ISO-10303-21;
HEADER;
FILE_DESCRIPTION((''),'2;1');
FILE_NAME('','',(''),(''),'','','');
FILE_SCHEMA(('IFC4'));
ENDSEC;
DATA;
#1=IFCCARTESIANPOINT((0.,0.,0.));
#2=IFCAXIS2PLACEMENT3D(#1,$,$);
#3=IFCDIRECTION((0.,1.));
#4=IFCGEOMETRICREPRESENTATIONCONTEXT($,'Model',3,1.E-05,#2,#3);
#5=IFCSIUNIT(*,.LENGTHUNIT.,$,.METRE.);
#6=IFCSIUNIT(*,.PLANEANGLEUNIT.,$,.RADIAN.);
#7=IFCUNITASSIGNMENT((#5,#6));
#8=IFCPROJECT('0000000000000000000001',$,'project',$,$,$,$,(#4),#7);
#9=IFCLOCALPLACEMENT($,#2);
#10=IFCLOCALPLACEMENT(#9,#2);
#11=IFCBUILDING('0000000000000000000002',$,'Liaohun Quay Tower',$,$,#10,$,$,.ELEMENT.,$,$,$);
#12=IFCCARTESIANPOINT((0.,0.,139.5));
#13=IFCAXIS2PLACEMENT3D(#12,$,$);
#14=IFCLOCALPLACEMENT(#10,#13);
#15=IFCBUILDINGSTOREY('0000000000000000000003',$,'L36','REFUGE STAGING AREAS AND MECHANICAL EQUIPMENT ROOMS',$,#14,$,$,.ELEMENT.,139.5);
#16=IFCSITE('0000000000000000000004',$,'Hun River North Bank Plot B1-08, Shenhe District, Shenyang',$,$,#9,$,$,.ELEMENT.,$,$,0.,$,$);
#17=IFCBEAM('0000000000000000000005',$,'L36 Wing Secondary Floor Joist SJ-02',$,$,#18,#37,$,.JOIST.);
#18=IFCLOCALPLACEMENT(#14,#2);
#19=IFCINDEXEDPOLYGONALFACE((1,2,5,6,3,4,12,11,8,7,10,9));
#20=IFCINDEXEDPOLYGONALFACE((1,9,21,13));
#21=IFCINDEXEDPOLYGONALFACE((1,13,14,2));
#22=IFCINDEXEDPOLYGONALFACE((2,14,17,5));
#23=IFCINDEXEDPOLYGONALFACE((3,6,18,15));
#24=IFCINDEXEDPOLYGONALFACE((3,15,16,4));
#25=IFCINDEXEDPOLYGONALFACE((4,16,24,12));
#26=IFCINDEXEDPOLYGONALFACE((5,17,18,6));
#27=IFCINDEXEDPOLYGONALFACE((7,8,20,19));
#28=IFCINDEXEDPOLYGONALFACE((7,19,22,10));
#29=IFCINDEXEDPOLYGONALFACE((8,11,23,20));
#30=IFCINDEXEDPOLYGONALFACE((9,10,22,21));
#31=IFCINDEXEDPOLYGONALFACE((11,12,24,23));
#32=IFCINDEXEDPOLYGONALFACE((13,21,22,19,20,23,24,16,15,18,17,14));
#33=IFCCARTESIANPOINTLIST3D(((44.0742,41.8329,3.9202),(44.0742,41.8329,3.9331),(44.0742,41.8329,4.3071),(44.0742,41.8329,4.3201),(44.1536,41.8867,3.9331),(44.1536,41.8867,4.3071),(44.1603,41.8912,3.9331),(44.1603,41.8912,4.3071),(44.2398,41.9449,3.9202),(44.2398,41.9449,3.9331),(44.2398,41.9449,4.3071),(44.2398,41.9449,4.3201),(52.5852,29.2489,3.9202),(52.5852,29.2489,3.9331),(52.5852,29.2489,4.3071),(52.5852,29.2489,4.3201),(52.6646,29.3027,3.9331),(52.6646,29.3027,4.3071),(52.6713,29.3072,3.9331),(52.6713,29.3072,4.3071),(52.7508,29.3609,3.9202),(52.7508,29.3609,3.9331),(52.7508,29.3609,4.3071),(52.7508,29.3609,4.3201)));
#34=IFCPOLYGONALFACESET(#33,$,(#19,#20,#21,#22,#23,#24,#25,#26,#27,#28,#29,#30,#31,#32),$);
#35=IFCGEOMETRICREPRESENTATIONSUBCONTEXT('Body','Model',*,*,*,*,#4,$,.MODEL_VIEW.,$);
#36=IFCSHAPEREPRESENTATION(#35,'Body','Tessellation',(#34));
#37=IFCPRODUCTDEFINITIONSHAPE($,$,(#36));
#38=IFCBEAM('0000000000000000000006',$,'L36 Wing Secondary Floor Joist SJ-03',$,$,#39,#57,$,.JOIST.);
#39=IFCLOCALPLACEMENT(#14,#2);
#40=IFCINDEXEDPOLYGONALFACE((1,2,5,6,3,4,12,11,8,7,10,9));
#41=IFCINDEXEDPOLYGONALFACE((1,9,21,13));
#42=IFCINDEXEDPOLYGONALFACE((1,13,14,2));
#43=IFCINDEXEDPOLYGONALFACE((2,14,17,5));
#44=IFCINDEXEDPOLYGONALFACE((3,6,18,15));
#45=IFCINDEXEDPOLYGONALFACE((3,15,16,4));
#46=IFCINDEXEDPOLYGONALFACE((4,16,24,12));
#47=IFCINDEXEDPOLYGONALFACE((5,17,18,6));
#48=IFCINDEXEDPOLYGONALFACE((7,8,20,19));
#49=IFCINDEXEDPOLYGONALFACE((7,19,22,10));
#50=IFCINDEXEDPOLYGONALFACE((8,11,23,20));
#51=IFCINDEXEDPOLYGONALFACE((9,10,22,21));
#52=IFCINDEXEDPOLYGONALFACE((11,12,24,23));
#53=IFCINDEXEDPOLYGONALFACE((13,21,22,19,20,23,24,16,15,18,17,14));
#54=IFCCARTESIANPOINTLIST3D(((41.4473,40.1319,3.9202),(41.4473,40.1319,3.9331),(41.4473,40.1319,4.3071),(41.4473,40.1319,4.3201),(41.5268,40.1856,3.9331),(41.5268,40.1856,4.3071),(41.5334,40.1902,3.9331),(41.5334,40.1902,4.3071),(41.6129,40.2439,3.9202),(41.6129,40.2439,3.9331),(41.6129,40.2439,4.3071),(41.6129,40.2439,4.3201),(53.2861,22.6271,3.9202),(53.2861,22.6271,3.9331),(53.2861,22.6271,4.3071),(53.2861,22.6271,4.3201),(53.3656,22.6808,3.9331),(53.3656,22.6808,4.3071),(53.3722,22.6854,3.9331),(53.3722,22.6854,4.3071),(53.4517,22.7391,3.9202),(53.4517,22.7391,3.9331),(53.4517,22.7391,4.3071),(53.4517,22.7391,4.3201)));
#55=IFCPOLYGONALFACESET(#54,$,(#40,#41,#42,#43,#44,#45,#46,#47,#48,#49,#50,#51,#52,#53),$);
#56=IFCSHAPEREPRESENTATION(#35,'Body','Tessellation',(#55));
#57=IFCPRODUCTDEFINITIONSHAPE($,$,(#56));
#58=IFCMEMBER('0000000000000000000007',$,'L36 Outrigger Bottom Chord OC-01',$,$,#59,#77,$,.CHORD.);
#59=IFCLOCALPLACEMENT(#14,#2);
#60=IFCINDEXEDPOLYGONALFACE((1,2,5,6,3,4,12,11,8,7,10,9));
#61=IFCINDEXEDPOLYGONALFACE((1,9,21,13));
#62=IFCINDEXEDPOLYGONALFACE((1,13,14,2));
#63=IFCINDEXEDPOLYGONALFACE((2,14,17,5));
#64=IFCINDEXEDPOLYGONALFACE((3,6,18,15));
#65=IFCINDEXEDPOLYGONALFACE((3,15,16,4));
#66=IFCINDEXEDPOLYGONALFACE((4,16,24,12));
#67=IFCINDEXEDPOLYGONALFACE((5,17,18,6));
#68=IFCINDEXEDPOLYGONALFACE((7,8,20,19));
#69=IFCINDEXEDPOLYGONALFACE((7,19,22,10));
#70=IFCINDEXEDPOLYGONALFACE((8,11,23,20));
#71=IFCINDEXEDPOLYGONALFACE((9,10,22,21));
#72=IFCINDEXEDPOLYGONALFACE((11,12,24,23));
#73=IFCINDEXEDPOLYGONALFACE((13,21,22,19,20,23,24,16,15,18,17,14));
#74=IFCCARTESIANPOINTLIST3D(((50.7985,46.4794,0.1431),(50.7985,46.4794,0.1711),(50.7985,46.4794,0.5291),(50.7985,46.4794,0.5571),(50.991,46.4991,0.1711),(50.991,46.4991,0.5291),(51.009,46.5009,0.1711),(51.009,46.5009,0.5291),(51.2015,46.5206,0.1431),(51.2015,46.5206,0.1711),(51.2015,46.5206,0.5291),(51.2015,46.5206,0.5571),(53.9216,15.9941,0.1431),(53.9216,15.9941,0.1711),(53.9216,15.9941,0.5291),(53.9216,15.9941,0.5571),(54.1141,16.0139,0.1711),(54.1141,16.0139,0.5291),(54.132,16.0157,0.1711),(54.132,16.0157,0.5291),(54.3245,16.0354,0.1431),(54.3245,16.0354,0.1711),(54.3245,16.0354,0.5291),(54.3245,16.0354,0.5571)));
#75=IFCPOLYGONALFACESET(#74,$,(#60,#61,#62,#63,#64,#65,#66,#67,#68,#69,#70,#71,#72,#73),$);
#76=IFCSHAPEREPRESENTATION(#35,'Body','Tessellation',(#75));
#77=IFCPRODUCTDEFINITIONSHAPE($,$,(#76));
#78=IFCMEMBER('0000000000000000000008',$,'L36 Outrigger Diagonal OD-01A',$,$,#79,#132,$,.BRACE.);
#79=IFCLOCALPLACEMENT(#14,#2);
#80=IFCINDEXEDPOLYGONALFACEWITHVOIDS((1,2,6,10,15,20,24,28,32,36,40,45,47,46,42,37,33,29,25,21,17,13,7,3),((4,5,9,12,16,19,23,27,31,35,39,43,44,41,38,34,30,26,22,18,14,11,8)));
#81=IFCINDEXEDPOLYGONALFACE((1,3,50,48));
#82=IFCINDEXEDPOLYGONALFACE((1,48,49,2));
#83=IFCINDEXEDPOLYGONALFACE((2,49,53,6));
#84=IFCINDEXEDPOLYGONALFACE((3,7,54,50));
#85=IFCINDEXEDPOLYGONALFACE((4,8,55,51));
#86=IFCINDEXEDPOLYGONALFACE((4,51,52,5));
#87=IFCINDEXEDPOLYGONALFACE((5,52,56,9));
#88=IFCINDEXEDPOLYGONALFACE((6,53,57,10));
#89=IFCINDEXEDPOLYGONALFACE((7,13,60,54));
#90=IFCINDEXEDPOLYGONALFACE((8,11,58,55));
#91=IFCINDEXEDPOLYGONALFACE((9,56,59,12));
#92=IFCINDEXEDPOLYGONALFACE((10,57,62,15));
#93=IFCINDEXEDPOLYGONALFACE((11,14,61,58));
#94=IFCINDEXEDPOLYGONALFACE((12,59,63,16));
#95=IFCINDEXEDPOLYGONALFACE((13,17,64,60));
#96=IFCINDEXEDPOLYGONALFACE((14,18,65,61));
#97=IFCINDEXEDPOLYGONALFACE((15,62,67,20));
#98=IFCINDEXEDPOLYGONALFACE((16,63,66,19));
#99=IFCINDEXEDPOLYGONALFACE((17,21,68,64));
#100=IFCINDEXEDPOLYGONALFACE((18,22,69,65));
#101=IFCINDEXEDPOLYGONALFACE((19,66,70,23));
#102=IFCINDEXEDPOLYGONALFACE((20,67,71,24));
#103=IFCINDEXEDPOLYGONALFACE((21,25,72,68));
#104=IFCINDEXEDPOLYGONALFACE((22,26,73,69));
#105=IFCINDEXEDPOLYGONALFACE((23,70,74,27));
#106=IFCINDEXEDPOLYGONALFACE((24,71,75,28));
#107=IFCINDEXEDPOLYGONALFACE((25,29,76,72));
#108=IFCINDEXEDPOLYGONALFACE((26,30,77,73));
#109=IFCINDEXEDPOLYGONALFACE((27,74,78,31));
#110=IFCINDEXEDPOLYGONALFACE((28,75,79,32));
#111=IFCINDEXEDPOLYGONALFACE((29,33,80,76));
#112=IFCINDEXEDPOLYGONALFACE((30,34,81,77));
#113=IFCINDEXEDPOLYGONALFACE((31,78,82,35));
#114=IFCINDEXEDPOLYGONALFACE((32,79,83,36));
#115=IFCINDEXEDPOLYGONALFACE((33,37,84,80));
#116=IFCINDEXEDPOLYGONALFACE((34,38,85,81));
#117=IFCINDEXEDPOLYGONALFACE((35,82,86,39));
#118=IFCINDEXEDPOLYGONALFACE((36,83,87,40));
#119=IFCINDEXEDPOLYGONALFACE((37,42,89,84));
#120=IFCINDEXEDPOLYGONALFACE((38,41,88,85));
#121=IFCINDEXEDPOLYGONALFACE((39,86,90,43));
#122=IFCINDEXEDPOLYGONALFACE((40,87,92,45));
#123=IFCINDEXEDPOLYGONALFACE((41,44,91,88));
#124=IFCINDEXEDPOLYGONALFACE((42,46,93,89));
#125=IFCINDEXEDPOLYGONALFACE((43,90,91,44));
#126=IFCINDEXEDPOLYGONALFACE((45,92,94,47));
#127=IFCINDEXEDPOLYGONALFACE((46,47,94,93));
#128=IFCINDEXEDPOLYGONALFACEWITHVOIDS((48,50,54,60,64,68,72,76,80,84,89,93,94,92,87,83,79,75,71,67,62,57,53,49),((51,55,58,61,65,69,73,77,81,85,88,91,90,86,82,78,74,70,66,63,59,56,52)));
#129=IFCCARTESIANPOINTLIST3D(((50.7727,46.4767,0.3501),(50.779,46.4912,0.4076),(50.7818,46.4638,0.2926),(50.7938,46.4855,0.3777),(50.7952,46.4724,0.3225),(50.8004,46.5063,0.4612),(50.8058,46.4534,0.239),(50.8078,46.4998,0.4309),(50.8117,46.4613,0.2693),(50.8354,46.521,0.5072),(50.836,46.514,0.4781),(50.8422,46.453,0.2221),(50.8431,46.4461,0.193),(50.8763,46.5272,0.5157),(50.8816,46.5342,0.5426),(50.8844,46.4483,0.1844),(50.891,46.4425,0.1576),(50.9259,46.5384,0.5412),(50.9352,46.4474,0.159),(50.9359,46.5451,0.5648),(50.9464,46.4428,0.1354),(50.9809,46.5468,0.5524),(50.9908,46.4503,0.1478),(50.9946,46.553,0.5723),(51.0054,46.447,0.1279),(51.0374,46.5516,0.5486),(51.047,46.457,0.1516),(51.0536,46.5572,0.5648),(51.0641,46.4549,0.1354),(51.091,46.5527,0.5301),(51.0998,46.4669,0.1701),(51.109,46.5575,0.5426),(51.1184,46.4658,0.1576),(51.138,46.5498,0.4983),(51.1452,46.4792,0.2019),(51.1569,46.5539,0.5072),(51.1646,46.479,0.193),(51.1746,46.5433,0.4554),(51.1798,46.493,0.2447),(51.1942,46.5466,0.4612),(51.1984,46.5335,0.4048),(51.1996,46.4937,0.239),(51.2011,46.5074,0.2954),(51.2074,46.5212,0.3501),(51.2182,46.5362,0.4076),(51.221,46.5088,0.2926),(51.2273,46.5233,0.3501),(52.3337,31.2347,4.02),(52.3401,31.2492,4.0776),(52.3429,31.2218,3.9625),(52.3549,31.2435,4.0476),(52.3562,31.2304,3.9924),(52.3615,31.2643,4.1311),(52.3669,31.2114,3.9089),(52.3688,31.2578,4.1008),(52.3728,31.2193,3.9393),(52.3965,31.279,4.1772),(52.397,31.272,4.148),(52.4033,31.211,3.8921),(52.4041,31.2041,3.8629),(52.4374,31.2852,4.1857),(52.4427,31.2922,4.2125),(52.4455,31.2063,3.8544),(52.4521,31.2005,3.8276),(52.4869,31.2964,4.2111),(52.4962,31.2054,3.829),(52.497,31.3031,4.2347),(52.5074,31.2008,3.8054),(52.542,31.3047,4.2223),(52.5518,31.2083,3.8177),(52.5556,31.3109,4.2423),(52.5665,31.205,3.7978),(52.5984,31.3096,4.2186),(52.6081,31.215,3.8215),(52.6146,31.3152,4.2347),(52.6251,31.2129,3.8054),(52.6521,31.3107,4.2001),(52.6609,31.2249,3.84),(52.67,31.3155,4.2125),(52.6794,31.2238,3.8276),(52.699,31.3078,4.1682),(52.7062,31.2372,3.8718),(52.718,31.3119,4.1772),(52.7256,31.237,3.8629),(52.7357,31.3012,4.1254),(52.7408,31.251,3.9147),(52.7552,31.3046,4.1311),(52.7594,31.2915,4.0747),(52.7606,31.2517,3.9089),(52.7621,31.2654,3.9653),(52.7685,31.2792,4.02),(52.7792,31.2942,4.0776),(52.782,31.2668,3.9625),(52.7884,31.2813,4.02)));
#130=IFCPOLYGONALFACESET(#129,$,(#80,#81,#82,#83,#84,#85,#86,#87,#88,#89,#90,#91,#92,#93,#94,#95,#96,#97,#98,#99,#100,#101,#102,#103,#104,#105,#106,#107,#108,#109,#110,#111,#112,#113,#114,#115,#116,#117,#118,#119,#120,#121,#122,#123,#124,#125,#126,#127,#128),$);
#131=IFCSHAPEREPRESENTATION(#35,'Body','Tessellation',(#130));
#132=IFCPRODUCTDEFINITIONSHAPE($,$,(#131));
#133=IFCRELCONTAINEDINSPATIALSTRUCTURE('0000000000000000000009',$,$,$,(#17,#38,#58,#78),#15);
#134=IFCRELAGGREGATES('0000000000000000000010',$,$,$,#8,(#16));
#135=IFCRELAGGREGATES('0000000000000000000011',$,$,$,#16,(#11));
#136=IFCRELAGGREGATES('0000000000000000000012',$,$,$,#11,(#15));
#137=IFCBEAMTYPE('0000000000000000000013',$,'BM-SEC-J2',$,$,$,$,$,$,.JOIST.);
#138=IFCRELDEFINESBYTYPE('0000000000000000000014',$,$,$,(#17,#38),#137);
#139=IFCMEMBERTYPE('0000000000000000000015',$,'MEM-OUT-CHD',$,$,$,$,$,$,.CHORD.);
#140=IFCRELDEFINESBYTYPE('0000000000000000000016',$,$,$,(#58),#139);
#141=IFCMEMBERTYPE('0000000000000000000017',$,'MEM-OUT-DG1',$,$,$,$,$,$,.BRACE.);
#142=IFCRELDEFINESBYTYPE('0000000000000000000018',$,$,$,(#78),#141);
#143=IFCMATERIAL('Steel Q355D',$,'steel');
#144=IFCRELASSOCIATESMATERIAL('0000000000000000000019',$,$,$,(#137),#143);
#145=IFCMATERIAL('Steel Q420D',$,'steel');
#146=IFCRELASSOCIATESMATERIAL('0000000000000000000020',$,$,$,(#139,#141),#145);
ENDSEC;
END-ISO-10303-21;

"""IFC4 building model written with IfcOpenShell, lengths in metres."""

from ifc_helpers import new_model, si_unit, direction, frame, origin, origin_2d, place, context, subcontext, project, spatial, hollow_circle, i_section, extrude, source, transform, mapped, material, material_profile, profile_set, type_object, element, save


model = new_model("IFC4")

# Units and contexts
model_context = context("Model", 3, precision=1e-05, world=origin(), true_north=direction((0.0, 1.0)))
body_context = subcontext(model_context, "Body", "Model", "MODEL_VIEW")
ifc_project = project(units=[si_unit("LENGTHUNIT", "METRE"), si_unit("PLANEANGLEUNIT", "RADIAN")], contexts=[model_context])

# Site, building, storey
site_placement = place(None, origin())
site = spatial("IfcSite", under=ifc_project, at=site_placement, Name="Hun River North Bank Plot B1-08, Shenhe District, Shenyang", CompositionType="ELEMENT", RefElevation=0.0)
building_placement = place(site_placement, origin())
building = spatial("IfcBuilding", under=site, at=building_placement, Name="Liaohun Quay Tower", CompositionType="ELEMENT")
storey_placement = place(building_placement, frame((0.0, 0.0, 139.5)))
storey = spatial("IfcBuildingStorey", under=building, at=storey_placement, Name="L36", Description="REFUGE STAGING AREAS AND MECHANICAL EQUIPMENT ROOMS", CompositionType="ELEMENT", Elevation=139.5)

# Beams
ifc_material_1 = material(Name="Steel Q355D", Category="steel")
ifc_material_profile_1 = material_profile(ifc_material_1, i_section(OverallWidth=0.2, OverallDepth=0.3999, WebThickness=0.0081, FlangeThickness=0.0129, at=origin_2d()), Name="HN400x200x8x13")
ifc_profile_set_1 = profile_set([ifc_material_profile_1], Name="Steel Q355D")
beam_type_1 = type_object("IfcBeamType", Name="BM-SEC-J2", PredefinedType="JOIST", material=ifc_profile_set_1)
shared_shape_1 = source(origin(), body_context, "Body", "SweptSolid", [
    extrude(i_section(OverallWidth=0.2, OverallDepth=0.3999, WebThickness=0.0081, FlangeThickness=0.0129, at=origin_2d()), origin(), (0.0, 0.0, 1.0), 15.1919),
])
beam_1_placement = place(storey_placement, frame((52.668, 29.3049, 4.1201), z_axis=(-0.560232, 0.828336, 0.0), x_axis=(-0.828336, -0.560232, 0.0)))
element("IfcBeam", 1, at=beam_1_placement, inside=storey, type_object=beam_type_1, Name="L36 Wing Secondary Floor Joist SJ-02", PredefinedType="JOIST", context=body_context, shape_type="MappedRepresentation", body=[
    mapped(shared_shape_1, transform((0.0, 0.0, 0.0), x_axis=(1.0, 0.0, 0.0), y_axis=(0.0, 1.0, 0.0), z_axis=(0.0, 0.0, 1.0), scale=1.0)),
])
shared_shape_2 = source(origin(), body_context, "Body", "SweptSolid", [
    extrude(i_section(OverallWidth=0.2, OverallDepth=0.3999, WebThickness=0.0081, FlangeThickness=0.0129, at=origin_2d()), origin(), (0.0, 0.0, 1.0), 21.1323),
])
beam_2_placement = place(storey_placement, frame((53.3689, 22.6831, 4.1201), z_axis=(-0.560223, 0.828342, 0.0), x_axis=(-0.828342, -0.560223, 0.0)))
element("IfcBeam", 2, at=beam_2_placement, inside=storey, type_object=beam_type_1, Name="L36 Wing Secondary Floor Joist SJ-03", PredefinedType="JOIST", context=body_context, shape_type="MappedRepresentation", body=[
    mapped(shared_shape_2, transform((0.0, 0.0, 0.0), x_axis=(1.0, 0.0, 0.0), y_axis=(0.0, 1.0, 0.0), z_axis=(0.0, 0.0, 1.0), scale=1.0)),
])

# Members
ifc_material_2 = material(Name="Steel Q420D", Category="steel")
ifc_material_profile_2 = material_profile(ifc_material_2, i_section(OverallWidth=0.405, OverallDepth=0.4141, WebThickness=0.0181, FlangeThickness=0.0281, at=origin_2d()), Name="HW414x405x18x28")
ifc_profile_set_2 = profile_set([ifc_material_profile_2], Name="Steel Q420D")
member_type_1 = type_object("IfcMemberType", Name="MEM-OUT-CHD", PredefinedType="CHORD", material=ifc_profile_set_2)
shared_shape_3 = source(origin(), body_context, "Body", "SweptSolid", [
    extrude(i_section(OverallWidth=0.405, OverallDepth=0.4141, WebThickness=0.0181, FlangeThickness=0.0281, at=origin_2d()), origin(), (0.0, 0.0, 1.0), 30.6448),
])
member_1_placement = place(storey_placement, frame((51.0, 46.5, 0.3501), z_axis=(0.101912, -0.994793, 0.0), x_axis=(0.994793, 0.101912, 0.0)))
element("IfcMember", 3, at=member_1_placement, inside=storey, type_object=member_type_1, Name="L36 Outrigger Bottom Chord OC-01", PredefinedType="CHORD", context=body_context, shape_type="MappedRepresentation", body=[
    mapped(shared_shape_3, transform((0.0, 0.0, 0.0), x_axis=(1.0, 0.0, 0.0), y_axis=(0.0, 1.0, 0.0), z_axis=(0.0, 0.0, 1.0), scale=1.0)),
])
ifc_material_profile_3 = material_profile(ifc_material_2, hollow_circle(Radius=0.2285, WallThickness=0.02, at=origin_2d()), Name="CHS457x20")
ifc_profile_set_3 = profile_set([ifc_material_profile_3], Name="Steel Q420D")
member_type_2 = type_object("IfcMemberType", Name="MEM-OUT-DG1", PredefinedType="BRACE", material=ifc_profile_set_3)
shared_shape_4 = source(origin(), body_context, "Body", "SweptSolid", [
    extrude(hollow_circle(Radius=0.2285, WallThickness=0.02, at=origin_2d()), origin(), (0.0, 0.0, 1.0), 15.7551),
])
member_2_placement = place(storey_placement, frame((51.0, 46.5, 0.3501), z_axis=(0.099081, -0.967431, 0.232936), x_axis=(0.994796, 0.101884, 0.0)))
element("IfcMember", 4, at=member_2_placement, inside=storey, type_object=member_type_2, Name="L36 Outrigger Diagonal OD-01A", PredefinedType="BRACE", context=body_context, shape_type="MappedRepresentation", body=[
    mapped(shared_shape_4, transform((0.0, 0.0, 0.0), x_axis=(1.0, 0.0, 0.0), y_axis=(0.0, 1.0, 0.0), z_axis=(0.0, 0.0, 1.0), scale=1.0)),
])

save(model, "model.ifc")
